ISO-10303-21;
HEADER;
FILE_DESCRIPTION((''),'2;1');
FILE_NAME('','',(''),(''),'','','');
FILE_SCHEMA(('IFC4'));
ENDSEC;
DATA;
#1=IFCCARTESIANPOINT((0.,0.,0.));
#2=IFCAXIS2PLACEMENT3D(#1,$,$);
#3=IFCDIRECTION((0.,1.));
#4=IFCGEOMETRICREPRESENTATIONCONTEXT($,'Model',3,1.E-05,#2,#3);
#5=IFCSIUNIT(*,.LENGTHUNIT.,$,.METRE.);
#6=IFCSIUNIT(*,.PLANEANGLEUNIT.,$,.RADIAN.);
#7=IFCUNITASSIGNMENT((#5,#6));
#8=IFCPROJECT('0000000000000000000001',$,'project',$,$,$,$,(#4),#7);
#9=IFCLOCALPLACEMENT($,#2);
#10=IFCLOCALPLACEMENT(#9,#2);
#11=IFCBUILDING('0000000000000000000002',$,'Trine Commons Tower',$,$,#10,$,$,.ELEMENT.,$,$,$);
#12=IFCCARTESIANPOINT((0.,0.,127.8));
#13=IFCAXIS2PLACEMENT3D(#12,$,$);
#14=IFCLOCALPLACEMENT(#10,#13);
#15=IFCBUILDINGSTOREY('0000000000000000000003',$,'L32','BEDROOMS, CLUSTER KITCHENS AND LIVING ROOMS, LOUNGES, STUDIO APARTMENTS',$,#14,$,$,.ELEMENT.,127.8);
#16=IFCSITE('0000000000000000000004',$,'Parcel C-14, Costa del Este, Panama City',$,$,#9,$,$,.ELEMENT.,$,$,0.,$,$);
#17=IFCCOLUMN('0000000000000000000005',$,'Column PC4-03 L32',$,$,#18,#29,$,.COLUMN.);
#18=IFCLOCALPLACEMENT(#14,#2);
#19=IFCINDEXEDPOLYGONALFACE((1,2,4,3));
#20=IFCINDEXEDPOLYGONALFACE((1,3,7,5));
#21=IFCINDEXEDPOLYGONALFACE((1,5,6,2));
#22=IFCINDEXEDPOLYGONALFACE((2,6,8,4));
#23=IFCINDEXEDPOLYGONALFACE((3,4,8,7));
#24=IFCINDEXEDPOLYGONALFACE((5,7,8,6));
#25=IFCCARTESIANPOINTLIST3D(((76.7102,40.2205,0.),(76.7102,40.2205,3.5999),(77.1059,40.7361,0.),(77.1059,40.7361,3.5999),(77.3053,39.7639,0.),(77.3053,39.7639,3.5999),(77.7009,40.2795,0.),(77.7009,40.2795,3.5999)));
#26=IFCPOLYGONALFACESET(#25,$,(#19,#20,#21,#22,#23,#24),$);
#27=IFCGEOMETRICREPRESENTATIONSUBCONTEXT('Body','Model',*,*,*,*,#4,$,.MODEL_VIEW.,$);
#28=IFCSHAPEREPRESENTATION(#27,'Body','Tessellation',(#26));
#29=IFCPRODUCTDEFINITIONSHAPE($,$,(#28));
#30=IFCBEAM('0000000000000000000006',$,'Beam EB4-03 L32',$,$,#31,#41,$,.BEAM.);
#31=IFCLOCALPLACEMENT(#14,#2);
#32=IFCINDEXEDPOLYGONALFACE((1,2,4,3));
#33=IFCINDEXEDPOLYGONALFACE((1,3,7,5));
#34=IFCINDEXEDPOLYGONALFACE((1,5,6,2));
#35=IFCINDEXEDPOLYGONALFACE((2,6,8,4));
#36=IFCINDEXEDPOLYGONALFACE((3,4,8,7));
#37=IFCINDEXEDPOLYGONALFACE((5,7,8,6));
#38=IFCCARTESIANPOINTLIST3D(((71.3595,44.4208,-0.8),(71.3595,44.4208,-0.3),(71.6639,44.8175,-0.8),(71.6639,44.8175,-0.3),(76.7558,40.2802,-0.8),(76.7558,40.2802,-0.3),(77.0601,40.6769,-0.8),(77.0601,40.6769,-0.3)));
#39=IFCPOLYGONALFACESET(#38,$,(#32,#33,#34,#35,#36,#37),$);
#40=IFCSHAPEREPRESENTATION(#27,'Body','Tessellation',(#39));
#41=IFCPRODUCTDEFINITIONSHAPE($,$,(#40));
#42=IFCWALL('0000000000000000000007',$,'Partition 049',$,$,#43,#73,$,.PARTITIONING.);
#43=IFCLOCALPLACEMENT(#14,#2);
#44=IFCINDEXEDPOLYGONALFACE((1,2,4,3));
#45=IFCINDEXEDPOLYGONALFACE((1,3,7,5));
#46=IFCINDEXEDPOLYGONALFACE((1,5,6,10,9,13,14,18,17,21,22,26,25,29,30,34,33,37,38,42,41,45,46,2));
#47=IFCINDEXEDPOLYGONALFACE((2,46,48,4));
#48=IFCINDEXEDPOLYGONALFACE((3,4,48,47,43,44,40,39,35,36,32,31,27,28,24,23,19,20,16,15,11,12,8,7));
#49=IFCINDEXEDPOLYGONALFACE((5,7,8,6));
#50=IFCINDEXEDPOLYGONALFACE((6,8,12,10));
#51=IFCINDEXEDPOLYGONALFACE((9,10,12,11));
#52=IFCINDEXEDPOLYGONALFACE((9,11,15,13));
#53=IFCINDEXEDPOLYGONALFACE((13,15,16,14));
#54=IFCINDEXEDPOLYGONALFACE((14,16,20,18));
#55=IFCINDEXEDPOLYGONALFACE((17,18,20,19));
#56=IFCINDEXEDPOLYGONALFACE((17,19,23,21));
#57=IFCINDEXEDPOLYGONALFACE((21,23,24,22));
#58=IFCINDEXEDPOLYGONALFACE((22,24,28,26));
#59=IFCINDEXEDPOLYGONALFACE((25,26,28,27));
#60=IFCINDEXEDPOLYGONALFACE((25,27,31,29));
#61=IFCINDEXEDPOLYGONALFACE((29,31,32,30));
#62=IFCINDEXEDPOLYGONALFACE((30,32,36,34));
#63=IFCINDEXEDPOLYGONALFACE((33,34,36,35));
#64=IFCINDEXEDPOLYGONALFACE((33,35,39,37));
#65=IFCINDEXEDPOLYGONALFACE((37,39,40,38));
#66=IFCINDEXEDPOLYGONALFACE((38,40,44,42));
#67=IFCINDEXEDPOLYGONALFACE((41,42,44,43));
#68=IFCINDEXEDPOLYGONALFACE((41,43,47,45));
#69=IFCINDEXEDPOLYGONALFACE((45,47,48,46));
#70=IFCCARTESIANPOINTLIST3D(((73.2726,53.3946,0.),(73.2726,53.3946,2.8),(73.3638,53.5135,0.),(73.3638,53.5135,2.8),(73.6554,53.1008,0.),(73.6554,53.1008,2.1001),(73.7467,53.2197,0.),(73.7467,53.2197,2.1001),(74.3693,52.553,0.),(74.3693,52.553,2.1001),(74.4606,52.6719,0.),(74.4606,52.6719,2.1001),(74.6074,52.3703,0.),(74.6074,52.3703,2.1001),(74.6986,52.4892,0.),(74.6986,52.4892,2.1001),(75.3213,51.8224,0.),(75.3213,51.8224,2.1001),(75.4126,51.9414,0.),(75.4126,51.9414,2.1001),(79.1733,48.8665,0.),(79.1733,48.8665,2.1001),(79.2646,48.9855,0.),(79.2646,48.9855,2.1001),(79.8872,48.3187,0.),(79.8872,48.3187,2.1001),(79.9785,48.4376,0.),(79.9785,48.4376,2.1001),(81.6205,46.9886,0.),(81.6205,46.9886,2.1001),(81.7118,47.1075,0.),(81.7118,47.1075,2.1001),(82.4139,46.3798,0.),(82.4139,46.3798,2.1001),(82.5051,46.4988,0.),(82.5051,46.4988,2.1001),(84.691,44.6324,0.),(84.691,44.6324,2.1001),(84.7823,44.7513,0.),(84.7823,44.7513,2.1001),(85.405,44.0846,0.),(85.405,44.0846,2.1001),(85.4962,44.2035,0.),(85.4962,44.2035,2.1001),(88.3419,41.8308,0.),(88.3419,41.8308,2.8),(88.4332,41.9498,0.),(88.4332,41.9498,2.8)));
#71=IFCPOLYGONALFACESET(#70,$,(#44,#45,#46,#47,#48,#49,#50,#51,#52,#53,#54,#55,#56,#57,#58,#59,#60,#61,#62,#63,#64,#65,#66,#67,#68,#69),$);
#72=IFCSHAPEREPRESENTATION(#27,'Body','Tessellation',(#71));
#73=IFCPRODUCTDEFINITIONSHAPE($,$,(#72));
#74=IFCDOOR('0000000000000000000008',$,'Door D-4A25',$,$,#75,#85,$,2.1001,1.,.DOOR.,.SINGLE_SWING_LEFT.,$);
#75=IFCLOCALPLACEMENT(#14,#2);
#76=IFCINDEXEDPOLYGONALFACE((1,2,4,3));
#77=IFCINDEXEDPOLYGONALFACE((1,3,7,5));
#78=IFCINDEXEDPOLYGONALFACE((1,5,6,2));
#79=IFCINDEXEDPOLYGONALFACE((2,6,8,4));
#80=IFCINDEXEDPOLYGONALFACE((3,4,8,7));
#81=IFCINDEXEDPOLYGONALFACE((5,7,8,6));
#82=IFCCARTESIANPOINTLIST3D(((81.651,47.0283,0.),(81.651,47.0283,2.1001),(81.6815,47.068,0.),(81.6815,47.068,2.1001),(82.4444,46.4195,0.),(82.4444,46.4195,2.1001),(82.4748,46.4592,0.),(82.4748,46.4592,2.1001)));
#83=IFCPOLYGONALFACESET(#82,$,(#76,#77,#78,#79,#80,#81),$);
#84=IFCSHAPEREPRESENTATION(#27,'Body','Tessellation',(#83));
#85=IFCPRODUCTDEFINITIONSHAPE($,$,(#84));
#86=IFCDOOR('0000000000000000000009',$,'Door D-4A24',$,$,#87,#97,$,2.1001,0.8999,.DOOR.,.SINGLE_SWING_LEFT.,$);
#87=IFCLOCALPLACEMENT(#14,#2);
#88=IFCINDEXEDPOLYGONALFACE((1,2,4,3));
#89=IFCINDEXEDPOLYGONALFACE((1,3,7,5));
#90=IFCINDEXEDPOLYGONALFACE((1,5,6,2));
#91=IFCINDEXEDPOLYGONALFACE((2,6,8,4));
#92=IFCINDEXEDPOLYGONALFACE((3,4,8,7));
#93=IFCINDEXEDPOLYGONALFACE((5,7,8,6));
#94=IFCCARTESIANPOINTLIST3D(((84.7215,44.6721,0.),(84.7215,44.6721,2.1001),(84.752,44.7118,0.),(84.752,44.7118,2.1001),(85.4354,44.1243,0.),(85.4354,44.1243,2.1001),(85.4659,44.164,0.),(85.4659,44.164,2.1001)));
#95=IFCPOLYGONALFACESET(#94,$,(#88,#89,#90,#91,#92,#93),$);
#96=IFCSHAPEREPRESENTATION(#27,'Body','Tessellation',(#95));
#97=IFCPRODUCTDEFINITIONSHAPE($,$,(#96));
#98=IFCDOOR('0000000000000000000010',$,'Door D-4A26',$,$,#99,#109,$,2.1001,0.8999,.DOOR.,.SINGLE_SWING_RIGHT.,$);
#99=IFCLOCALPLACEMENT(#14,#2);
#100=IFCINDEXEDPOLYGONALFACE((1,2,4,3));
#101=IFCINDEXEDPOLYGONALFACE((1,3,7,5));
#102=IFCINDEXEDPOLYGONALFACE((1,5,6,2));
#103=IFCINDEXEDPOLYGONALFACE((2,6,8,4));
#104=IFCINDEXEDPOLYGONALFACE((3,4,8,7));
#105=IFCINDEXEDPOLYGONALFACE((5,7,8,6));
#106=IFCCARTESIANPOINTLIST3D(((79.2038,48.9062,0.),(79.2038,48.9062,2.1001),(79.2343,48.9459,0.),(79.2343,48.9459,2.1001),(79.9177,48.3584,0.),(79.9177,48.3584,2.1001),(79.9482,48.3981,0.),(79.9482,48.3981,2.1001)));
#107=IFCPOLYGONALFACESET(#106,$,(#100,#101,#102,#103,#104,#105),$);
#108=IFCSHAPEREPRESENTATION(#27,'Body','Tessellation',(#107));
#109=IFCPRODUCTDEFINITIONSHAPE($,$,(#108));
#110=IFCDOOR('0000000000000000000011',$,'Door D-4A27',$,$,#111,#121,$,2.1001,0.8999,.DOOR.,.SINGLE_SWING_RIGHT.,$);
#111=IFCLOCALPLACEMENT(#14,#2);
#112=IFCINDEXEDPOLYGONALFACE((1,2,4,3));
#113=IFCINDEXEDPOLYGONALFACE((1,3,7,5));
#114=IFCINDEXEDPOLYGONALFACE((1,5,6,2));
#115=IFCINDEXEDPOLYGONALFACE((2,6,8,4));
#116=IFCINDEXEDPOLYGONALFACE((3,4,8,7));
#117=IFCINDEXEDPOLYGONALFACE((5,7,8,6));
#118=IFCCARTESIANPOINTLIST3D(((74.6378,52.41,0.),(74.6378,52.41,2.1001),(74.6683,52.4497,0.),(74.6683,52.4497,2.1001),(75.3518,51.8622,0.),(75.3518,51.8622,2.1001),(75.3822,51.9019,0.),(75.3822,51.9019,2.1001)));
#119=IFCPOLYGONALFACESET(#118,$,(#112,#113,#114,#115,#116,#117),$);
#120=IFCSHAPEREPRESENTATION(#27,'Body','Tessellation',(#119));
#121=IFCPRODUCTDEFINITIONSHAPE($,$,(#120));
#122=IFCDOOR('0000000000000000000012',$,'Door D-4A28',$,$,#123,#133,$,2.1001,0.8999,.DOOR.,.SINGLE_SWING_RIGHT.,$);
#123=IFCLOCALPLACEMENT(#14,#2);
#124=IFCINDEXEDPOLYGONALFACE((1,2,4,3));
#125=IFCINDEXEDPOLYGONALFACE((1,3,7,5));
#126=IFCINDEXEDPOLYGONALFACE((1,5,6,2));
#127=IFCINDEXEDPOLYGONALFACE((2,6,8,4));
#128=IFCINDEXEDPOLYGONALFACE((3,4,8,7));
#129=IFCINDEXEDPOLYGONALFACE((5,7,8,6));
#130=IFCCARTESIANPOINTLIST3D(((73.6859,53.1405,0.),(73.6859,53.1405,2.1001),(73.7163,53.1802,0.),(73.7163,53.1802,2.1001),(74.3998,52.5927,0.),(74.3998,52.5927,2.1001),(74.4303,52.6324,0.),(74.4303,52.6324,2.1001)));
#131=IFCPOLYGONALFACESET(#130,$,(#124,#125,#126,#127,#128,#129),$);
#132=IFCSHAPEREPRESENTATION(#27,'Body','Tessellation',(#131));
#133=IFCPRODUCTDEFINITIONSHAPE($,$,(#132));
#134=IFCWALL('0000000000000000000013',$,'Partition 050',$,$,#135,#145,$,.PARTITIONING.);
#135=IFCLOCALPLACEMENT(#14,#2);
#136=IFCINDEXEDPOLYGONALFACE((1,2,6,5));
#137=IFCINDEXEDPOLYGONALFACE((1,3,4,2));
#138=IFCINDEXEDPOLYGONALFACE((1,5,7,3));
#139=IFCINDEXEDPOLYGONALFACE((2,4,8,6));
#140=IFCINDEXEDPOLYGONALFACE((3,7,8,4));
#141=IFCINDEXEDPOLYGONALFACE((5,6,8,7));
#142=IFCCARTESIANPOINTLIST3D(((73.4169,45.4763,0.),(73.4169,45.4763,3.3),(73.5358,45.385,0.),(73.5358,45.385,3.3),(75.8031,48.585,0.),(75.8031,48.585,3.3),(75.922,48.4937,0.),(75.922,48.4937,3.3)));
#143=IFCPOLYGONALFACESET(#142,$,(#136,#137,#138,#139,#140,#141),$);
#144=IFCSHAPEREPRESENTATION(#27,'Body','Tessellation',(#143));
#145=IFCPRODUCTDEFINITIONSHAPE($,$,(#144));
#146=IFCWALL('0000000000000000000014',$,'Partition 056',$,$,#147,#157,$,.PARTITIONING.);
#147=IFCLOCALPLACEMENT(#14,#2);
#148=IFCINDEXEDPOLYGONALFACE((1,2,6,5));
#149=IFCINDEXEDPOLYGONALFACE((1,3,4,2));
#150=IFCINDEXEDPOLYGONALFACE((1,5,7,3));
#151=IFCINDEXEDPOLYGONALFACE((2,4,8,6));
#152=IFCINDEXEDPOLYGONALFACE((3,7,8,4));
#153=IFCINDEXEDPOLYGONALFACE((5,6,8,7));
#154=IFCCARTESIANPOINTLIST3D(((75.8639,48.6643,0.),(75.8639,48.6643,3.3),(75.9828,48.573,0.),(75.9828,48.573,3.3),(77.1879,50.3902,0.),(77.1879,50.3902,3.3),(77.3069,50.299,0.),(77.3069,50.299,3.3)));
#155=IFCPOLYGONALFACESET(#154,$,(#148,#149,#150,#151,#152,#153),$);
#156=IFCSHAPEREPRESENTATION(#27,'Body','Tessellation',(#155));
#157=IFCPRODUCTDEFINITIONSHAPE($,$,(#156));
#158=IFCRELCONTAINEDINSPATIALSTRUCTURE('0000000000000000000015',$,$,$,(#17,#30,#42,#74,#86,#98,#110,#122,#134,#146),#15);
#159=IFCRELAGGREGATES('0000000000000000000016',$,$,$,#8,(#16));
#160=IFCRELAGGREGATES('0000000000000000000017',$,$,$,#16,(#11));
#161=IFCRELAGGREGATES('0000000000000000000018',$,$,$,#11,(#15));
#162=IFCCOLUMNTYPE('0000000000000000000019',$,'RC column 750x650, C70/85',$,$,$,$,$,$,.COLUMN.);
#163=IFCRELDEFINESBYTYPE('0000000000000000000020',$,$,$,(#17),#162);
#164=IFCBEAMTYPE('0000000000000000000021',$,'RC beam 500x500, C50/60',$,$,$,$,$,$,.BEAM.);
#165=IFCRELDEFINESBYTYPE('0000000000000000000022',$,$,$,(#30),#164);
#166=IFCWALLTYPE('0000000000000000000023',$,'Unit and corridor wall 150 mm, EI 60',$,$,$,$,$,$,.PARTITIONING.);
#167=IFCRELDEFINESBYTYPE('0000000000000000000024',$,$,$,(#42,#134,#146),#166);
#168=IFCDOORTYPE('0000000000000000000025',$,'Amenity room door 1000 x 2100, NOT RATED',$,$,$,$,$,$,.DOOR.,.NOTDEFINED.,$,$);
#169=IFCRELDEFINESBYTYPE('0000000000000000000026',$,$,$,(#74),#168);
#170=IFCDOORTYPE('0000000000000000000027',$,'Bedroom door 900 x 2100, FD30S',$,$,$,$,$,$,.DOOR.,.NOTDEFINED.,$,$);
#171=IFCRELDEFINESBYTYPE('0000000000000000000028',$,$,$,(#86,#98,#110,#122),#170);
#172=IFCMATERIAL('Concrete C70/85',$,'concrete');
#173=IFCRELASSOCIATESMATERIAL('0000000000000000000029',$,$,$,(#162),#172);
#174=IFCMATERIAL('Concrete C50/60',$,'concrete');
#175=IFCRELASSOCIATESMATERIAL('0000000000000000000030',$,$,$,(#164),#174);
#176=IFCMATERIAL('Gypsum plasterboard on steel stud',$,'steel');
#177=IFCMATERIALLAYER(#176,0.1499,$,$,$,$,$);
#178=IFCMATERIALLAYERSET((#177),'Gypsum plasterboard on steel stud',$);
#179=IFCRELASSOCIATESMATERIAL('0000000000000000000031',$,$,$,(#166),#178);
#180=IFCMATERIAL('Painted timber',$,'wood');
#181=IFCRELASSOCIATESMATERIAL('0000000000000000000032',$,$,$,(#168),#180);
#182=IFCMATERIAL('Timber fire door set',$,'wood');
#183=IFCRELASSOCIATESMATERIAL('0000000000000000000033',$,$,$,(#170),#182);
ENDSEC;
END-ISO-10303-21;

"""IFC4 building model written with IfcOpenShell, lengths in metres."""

from ifc_helpers import new_model, si_unit, direction, frame, frame_2d, origin, origin_2d, place, context, subcontext, project, spatial, rectangle, extrude, material, layer, layer_set, material_profile, profile_set, type_object, element, fill, save


model = new_model("IFC4")

# Units and contexts
model_context = context("Model", 3, precision=1e-05, world=origin(), true_north=direction((0.0, 1.0)))
body_context = subcontext(model_context, "Body", "Model", "MODEL_VIEW")
ifc_project = project(units=[si_unit("LENGTHUNIT", "METRE"), si_unit("PLANEANGLEUNIT", "RADIAN")], contexts=[model_context])

# Site, building, storey
site_placement = place(None, origin())
site = spatial("IfcSite", under=ifc_project, at=site_placement, Name="Parcel C-14, Costa del Este, Panama City", CompositionType="ELEMENT", RefElevation=0.0)
building_placement = place(site_placement, origin())
building = spatial("IfcBuilding", under=site, at=building_placement, Name="Trine Commons Tower", CompositionType="ELEMENT")
storey_placement = place(building_placement, frame((0.0, 0.0, 127.8)))
storey = spatial("IfcBuildingStorey", under=building, at=storey_placement, Name="L32", Description="BEDROOMS, CLUSTER KITCHENS AND LIVING ROOMS, LOUNGES, STUDIO APARTMENTS", CompositionType="ELEMENT", Elevation=127.8)

# Column
ifc_material_1 = material(Name="Concrete C70/85", Category="concrete")
ifc_material_profile_1 = material_profile(ifc_material_1, rectangle(XDim=0.75, YDim=0.6499, at=origin_2d()), Name="RC 750x650")
ifc_profile_set_1 = profile_set([ifc_material_profile_1], Name="Concrete C70/85")
column_type = type_object("IfcColumnType", Name="RC column 750x650, C70/85", PredefinedType="COLUMN", material=ifc_profile_set_1)
column_placement = place(storey_placement, frame((77.2056, 40.25, 0.0), z_axis=(0.0, 0.0, 1.0), x_axis=(-0.793353, 0.608761, 0.0)))
element("IfcColumn", 1, at=column_placement, inside=storey, type_object=column_type, Name="Column PC4-03 L32", PredefinedType="COLUMN", context=body_context, shape_type="SweptSolid", body=[
    extrude(rectangle(XDim=0.75, YDim=0.6499, at=origin_2d()), origin(), (0.0, 0.0, 1.0), 3.5999),
])

# Beam
ifc_material_2 = material(Name="Concrete C50/60", Category="concrete")
ifc_material_profile_2 = material_profile(ifc_material_2, rectangle(XDim=0.5, YDim=0.5, at=origin_2d()), Name="RC 500x500")
ifc_profile_set_2 = profile_set([ifc_material_profile_2], Name="Concrete C50/60")
beam_type = type_object("IfcBeamType", Name="RC beam 500x500, C50/60", PredefinedType="BEAM", material=ifc_profile_set_2)
beam_placement = place(storey_placement, frame((76.908, 40.4785, -0.55), z_axis=(-0.793357, 0.608756, 0.0), x_axis=(-0.608756, -0.793357, 0.0)))
element("IfcBeam", 2, at=beam_placement, inside=storey, type_object=beam_type, Name="Beam EB4-03 L32", PredefinedType="BEAM", context=body_context, shape_type="SweptSolid", body=[
    extrude(rectangle(XDim=0.5, YDim=0.5, at=origin_2d()), origin(), (0.0, 0.0, 1.0), 6.8018),
])

# Wall, openings, doors
ifc_material_3 = material(Name="Gypsum plasterboard on steel stud", Category="steel")
ifc_layer_1 = layer(ifc_material_3, 0.1499)
ifc_layer_set_1 = layer_set([ifc_layer_1], Name="Gypsum plasterboard on steel stud")
wall_type_1 = type_object("IfcWallType", Name="Unit and corridor wall 150 mm, EI 60", PredefinedType="PARTITIONING", material=ifc_layer_set_1)
wall_1_placement = place(storey_placement, frame((73.3181, 53.4541, 0.0), z_axis=(0.0, 0.0, 1.0), x_axis=(0.793338, -0.608782, 0.0)))
wall_1 = element("IfcWall", 3, at=wall_1_placement, inside=storey, type_object=wall_type_1, Name="Partition 049", PredefinedType="PARTITIONING", context=body_context, shape_type="SweptSolid", body=[
    extrude(rectangle(XDim=18.9949, YDim=0.1499, at=frame_2d((9.4976, 0.0))), origin(), (0.0, 0.0, 1.0), 2.8),
])
opening_1_placement = place(wall_1_placement, frame((14.3931, 0.0, 0.0)))
opening_1 = element("IfcOpeningElement", 4, at=opening_1_placement, cuts=wall_1, PredefinedType="OPENING", context=body_context, shape_type="SweptSolid", body=[
    extrude(rectangle(XDim=0.8999, YDim=2.1001, at=frame_2d((0.45, 1.05))), frame((0.0, 0.085, 0.0), z_axis=(0.0, -1.0, 0.0), x_axis=(1.0, 0.0, 0.0)), (0.0, 0.0, 1.0), 0.1699),
])
opening_2_placement = place(wall_1_placement, frame((10.5227, 0.0, 0.0)))
opening_2 = element("IfcOpeningElement", 5, at=opening_2_placement, cuts=wall_1, PredefinedType="OPENING", context=body_context, shape_type="SweptSolid", body=[
    extrude(rectangle(XDim=1.0, YDim=2.1001, at=frame_2d((0.5, 1.05))), frame((0.0, 0.085, 0.0), z_axis=(0.0, -1.0, 0.0), x_axis=(1.0, 0.0, 0.0)), (0.0, 0.0, 1.0), 0.1699),
])
opening_3_placement = place(wall_1_placement, frame((7.438, 0.0, 0.0)))
opening_3 = element("IfcOpeningElement", 6, at=opening_3_placement, cuts=wall_1, PredefinedType="OPENING", context=body_context, shape_type="SweptSolid", body=[
    extrude(rectangle(XDim=0.8999, YDim=2.1001, at=frame_2d((0.45, 1.05))), frame((0.0, 0.085, 0.0), z_axis=(0.0, -1.0, 0.0), x_axis=(1.0, 0.0, 0.0)), (0.0, 0.0, 1.0), 0.1699),
])
opening_4_placement = place(wall_1_placement, frame((1.6826, 0.0, 0.0)))
opening_4 = element("IfcOpeningElement", 7, at=opening_4_placement, cuts=wall_1, PredefinedType="OPENING", context=body_context, shape_type="SweptSolid", body=[
    extrude(rectangle(XDim=0.8999, YDim=2.1001, at=frame_2d((0.45, 1.05))), frame((0.0, 0.085, 0.0), z_axis=(0.0, -1.0, 0.0), x_axis=(1.0, 0.0, 0.0)), (0.0, 0.0, 1.0), 0.1699),
])
opening_5_placement = place(wall_1_placement, frame((0.4827, 0.0, 0.0)))
opening_5 = element("IfcOpeningElement", 8, at=opening_5_placement, cuts=wall_1, PredefinedType="OPENING", context=body_context, shape_type="SweptSolid", body=[
    extrude(rectangle(XDim=0.8999, YDim=2.1001, at=frame_2d((0.45, 1.05))), frame((0.0, 0.085, 0.0), z_axis=(0.0, -1.0, 0.0), x_axis=(1.0, 0.0, 0.0)), (0.0, 0.0, 1.0), 0.1699),
])
ifc_material_4 = material(Name="Painted timber", Category="wood")
door_type_1 = type_object("IfcDoorType", Name="Amenity room door 1000 x 2100, NOT RATED", OperationType="NOTDEFINED", PredefinedType="DOOR", material=ifc_material_4)
door_1_placement = place(opening_2_placement, frame((1.0, 0.0, 0.0), z_axis=(0.0, 0.0, 1.0), x_axis=(-1.0, 0.0, 0.0)))
door_1 = element("IfcDoor", 9, at=door_1_placement, inside=storey, type_object=door_type_1, Name="Door D-4A25", OperationType="SINGLE_SWING_LEFT", OverallHeight=2.1001, OverallWidth=1.0, PredefinedType="DOOR", context=body_context, shape_type="SweptSolid", body=[
    extrude(rectangle(XDim=1.0, YDim=2.1001, at=frame_2d((0.5, 1.05))), frame((0.0, 0.0249, 0.0), z_axis=(0.0, -1.0, 0.0), x_axis=(1.0, 0.0, 0.0)), (0.0, 0.0, 1.0), 0.05),
])
fill(opening_2, door_1)
ifc_material_5 = material(Name="Timber fire door set", Category="wood")
door_type_2 = type_object("IfcDoorType", Name="Bedroom door 900 x 2100, FD30S", OperationType="NOTDEFINED", PredefinedType="DOOR", material=ifc_material_5)
door_2_placement = place(opening_1_placement, frame((0.8999, 0.0, 0.0), z_axis=(0.0, 0.0, 1.0), x_axis=(-1.0, 0.0, 0.0)))
door_2 = element("IfcDoor", 10, at=door_2_placement, inside=storey, type_object=door_type_2, Name="Door D-4A24", OperationType="SINGLE_SWING_LEFT", OverallHeight=2.1001, OverallWidth=0.8999, PredefinedType="DOOR", context=body_context, shape_type="SweptSolid", body=[
    extrude(rectangle(XDim=0.8999, YDim=2.1001, at=frame_2d((0.45, 1.05))), frame((0.0, 0.0249, 0.0), z_axis=(0.0, -1.0, 0.0), x_axis=(1.0, 0.0, 0.0)), (0.0, 0.0, 1.0), 0.05),
])
fill(opening_1, door_2)
door_3_placement = place(opening_3_placement, frame((0.8999, 0.0, 0.0), z_axis=(0.0, 0.0, 1.0), x_axis=(-1.0, 0.0, 0.0)))
door_3 = element("IfcDoor", 11, at=door_3_placement, inside=storey, type_object=door_type_2, Name="Door D-4A26", OperationType="SINGLE_SWING_RIGHT", OverallHeight=2.1001, OverallWidth=0.8999, PredefinedType="DOOR", context=body_context, shape_type="SweptSolid", body=[
    extrude(rectangle(XDim=0.8999, YDim=2.1001, at=frame_2d((0.45, 1.05))), frame((0.0, 0.0249, 0.0), z_axis=(0.0, -1.0, 0.0), x_axis=(1.0, 0.0, 0.0)), (0.0, 0.0, 1.0), 0.05),
])
fill(opening_3, door_3)
door_4_placement = place(opening_4_placement, frame((0.8999, 0.0, 0.0), z_axis=(0.0, 0.0, 1.0), x_axis=(-1.0, 0.0, 0.0)))
door_4 = element("IfcDoor", 12, at=door_4_placement, inside=storey, type_object=door_type_2, Name="Door D-4A27", OperationType="SINGLE_SWING_RIGHT", OverallHeight=2.1001, OverallWidth=0.8999, PredefinedType="DOOR", context=body_context, shape_type="SweptSolid", body=[
    extrude(rectangle(XDim=0.8999, YDim=2.1001, at=frame_2d((0.45, 1.05))), frame((0.0, 0.0249, 0.0), z_axis=(0.0, -1.0, 0.0), x_axis=(1.0, 0.0, 0.0)), (0.0, 0.0, 1.0), 0.05),
])
fill(opening_4, door_4)
door_5_placement = place(opening_5_placement, frame((0.8999, 0.0, 0.0), z_axis=(0.0, 0.0, 1.0), x_axis=(-1.0, 0.0, 0.0)))
door_5 = element("IfcDoor", 13, at=door_5_placement, inside=storey, type_object=door_type_2, Name="Door D-4A28", OperationType="SINGLE_SWING_RIGHT", OverallHeight=2.1001, OverallWidth=0.8999, PredefinedType="DOOR", context=body_context, shape_type="SweptSolid", body=[
    extrude(rectangle(XDim=0.8999, YDim=2.1001, at=frame_2d((0.45, 1.05))), frame((0.0, 0.0249, 0.0), z_axis=(0.0, -1.0, 0.0), x_axis=(1.0, 0.0, 0.0)), (0.0, 0.0, 1.0), 0.05),
])
fill(opening_5, door_5)

# Walls
wall_2_placement = place(storey_placement, frame((73.4763, 45.4307, 0.0), z_axis=(0.0, 0.0, 1.0), x_axis=(0.608904, 0.793244, 0.0)))
element("IfcWall", 14, at=wall_2_placement, inside=storey, type_object=wall_type_1, Name="Partition 050", PredefinedType="PARTITIONING", context=body_context, shape_type="SweptSolid", body=[
    extrude(rectangle(XDim=3.9189, YDim=0.1499, at=frame_2d((1.9595, 0.0))), origin(), (0.0, 0.0, 1.0), 3.3),
])
wall_3_placement = place(storey_placement, frame((75.9233, 48.6187, 0.0), z_axis=(0.0, 0.0, 1.0), x_axis=(0.608674, 0.79342, 0.0)))
element("IfcWall", 15, at=wall_3_placement, inside=storey, type_object=wall_type_1, Name="Partition 056", PredefinedType="PARTITIONING", context=body_context, shape_type="SweptSolid", body=[
    extrude(rectangle(XDim=2.1753, YDim=0.1499, at=frame_2d((1.0876, 0.0))), origin(), (0.0, 0.0, 1.0), 3.3),
])

save(model, "model.ifc")
